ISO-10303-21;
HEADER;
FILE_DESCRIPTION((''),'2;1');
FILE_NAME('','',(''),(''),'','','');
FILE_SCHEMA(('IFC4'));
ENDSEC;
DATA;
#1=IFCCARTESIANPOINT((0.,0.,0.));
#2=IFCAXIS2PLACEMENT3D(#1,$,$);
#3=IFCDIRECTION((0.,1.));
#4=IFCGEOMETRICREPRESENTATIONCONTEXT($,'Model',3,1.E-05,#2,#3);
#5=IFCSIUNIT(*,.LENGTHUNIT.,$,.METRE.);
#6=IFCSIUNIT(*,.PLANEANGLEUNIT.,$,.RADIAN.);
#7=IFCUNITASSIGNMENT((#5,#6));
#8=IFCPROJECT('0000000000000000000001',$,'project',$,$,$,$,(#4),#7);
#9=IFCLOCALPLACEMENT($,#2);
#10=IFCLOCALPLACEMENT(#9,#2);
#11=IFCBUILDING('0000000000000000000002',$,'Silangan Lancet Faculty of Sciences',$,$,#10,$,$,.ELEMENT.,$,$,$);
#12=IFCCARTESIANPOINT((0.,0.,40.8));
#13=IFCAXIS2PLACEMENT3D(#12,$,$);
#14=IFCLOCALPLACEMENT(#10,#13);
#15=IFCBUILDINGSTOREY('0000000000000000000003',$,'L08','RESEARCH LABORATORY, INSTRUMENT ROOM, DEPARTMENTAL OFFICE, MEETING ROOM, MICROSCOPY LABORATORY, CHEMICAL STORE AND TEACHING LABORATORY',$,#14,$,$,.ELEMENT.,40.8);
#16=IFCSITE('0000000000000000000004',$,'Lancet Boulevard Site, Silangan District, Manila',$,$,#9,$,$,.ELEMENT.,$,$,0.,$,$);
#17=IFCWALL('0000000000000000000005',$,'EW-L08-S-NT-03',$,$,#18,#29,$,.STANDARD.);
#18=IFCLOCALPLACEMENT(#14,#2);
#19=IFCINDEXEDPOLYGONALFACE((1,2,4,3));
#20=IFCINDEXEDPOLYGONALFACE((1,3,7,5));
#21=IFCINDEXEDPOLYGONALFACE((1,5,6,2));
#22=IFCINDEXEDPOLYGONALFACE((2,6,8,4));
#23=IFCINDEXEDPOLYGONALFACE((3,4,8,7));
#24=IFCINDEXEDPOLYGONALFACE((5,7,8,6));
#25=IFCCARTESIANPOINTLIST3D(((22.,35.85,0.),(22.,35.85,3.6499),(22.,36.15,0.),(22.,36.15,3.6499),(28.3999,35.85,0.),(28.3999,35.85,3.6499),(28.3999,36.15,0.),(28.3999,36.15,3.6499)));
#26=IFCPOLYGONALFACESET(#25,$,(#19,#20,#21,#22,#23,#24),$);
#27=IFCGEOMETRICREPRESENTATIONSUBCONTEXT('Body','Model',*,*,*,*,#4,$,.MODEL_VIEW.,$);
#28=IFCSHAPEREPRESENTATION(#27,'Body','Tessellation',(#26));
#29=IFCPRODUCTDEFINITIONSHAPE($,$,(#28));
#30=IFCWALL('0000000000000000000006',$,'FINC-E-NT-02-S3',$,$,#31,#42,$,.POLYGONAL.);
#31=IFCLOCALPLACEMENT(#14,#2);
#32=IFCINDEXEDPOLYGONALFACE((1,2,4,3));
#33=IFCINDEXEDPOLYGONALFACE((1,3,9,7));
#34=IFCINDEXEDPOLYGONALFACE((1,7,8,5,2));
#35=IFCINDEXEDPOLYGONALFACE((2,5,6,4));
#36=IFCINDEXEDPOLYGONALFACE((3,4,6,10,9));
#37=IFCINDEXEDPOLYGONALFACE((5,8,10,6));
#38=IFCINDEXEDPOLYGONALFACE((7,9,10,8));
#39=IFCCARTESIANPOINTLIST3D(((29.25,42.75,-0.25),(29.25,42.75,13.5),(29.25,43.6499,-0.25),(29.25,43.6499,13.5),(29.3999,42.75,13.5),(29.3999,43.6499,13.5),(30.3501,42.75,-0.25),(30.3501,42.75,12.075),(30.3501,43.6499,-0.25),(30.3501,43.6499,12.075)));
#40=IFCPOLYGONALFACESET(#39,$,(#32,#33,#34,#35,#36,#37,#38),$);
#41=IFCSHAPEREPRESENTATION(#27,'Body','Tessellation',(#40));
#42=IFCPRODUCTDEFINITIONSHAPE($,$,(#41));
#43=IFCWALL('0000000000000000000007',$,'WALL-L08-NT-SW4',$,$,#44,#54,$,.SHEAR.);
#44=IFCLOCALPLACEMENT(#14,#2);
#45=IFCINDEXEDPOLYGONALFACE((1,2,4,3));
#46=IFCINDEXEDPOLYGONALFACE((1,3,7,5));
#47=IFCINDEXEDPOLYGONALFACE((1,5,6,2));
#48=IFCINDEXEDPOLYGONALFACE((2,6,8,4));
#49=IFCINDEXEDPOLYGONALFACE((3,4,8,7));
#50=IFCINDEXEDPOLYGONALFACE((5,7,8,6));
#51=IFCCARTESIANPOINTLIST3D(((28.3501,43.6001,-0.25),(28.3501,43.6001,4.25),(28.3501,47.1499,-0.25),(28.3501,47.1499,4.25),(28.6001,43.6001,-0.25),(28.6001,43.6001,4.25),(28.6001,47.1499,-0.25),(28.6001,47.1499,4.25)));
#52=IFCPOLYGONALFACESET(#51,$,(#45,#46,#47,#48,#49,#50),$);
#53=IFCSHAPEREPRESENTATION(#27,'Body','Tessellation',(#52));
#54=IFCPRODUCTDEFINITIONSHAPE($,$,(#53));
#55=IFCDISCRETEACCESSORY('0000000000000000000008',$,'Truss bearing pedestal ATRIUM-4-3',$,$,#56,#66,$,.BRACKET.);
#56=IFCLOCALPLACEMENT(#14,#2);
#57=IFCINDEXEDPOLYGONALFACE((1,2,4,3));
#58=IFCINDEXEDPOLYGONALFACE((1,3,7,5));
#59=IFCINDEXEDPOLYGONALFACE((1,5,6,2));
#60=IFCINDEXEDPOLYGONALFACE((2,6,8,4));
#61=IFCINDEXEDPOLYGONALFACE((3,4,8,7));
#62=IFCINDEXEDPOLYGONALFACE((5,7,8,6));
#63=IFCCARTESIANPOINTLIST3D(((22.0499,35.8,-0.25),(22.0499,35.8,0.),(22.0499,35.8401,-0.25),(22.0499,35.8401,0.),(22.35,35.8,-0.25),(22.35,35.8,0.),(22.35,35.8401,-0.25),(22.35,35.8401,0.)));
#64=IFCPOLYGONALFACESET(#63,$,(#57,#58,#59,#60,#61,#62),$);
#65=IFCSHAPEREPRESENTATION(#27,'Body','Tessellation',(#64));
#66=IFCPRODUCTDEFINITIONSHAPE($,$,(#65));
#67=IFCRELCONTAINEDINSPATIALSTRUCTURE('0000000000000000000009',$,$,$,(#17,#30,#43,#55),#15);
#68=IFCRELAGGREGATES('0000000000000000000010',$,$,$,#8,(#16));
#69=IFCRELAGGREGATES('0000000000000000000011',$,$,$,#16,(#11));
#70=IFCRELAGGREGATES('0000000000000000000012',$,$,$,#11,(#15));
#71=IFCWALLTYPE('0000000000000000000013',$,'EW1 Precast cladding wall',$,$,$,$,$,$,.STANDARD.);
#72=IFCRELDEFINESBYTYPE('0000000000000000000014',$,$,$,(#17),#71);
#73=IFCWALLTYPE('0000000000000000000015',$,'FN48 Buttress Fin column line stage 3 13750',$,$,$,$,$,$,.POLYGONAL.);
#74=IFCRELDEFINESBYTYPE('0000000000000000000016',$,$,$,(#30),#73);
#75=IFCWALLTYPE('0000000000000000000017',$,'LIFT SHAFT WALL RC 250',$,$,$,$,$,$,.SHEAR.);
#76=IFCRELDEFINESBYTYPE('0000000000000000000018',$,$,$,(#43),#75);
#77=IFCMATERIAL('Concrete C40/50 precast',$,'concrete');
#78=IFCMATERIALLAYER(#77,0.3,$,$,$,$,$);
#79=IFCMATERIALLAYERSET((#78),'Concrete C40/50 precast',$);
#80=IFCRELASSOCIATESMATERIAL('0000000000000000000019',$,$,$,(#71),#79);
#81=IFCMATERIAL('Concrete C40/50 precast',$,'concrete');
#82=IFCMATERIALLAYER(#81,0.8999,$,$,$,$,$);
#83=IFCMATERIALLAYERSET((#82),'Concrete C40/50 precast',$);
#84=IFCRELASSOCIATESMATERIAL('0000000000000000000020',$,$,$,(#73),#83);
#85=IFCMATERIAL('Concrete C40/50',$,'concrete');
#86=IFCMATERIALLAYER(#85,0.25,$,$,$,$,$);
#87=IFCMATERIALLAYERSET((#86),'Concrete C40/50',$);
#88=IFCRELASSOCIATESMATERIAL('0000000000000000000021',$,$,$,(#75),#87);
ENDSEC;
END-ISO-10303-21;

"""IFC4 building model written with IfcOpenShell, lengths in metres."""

from ifc_helpers import new_model, si_unit, direction, frame, frame_2d, origin, origin_2d, place, context, subcontext, project, spatial, polyline, rectangle, outline, extrude, material, layer, layer_set, type_object, element, save


model = new_model("IFC4")

# Units and contexts
model_context = context("Model", 3, precision=1e-05, world=origin(), true_north=direction((0.0, 1.0)))
body_context = subcontext(model_context, "Body", "Model", "MODEL_VIEW")
ifc_project = project(units=[si_unit("LENGTHUNIT", "METRE"), si_unit("PLANEANGLEUNIT", "RADIAN")], contexts=[model_context])

# Site, building, storey
site_placement = place(None, origin())
site = spatial("IfcSite", under=ifc_project, at=site_placement, Name="Lancet Boulevard Site, Silangan District, Manila", CompositionType="ELEMENT", RefElevation=0.0)
building_placement = place(site_placement, origin())
building = spatial("IfcBuilding", under=site, at=building_placement, Name="Silangan Lancet Faculty of Sciences", CompositionType="ELEMENT")
storey_placement = place(building_placement, frame((0.0, 0.0, 40.8)))
storey = spatial("IfcBuildingStorey", under=building, at=storey_placement, Name="L08", Description="RESEARCH LABORATORY, INSTRUMENT ROOM, DEPARTMENTAL OFFICE, MEETING ROOM, MICROSCOPY LABORATORY, CHEMICAL STORE AND TEACHING LABORATORY", CompositionType="ELEMENT", Elevation=40.8)

# Shared definitions
ifc_material_1 = material(Name="Concrete C40/50 precast", Category="concrete")
ifc_layer_1 = layer(ifc_material_1, 0.3)
ifc_layer_set_1 = layer_set([ifc_layer_1], Name="Concrete C40/50 precast")
wall_type_1 = type_object("IfcWallType", Name="EW1 Precast cladding wall", PredefinedType="STANDARD", material=ifc_layer_set_1)

# Walls
wall_1_placement = place(storey_placement, frame((22.0, 36.0, 0.0), z_axis=(0.0, 0.0, 1.0), x_axis=(1.0, 0.0, 0.0)))
element("IfcWall", 1, at=wall_1_placement, inside=storey, type_object=wall_type_1, Name="EW-L08-S-NT-03", PredefinedType="STANDARD", context=body_context, shape_type="SweptSolid", body=[
    extrude(rectangle(XDim=6.3999, YDim=0.3, at=frame_2d((3.2, 0.0))), origin(), (0.0, 0.0, 1.0), 3.6499),
])
ifc_material_2 = material(Name="Concrete C40/50 precast", Category="concrete")
ifc_layer_2 = layer(ifc_material_2, 0.8999)
ifc_layer_set_2 = layer_set([ifc_layer_2], Name="Concrete C40/50 precast")
wall_type_2 = type_object("IfcWallType", Name="FN48 Buttress Fin column line stage 3 13750", PredefinedType="POLYGONAL", material=ifc_layer_set_2)
wall_2_placement = place(storey_placement, frame((29.25, 43.2, -0.25), z_axis=(0.0, 0.0, 1.0), x_axis=(1.0, 0.0, 0.0)))
element("IfcWall", 2, at=wall_2_placement, inside=storey, type_object=wall_type_2, Name="FINC-E-NT-02-S3", PredefinedType="POLYGONAL", context=body_context, shape_type="SweptSolid", body=[
    extrude(outline(polyline([(1.1001, 0.0), (1.1001, 12.325), (0.1499, 13.75), (0.0, 13.75), (0.0, 0.0), (1.1001, 0.0)])), frame((0.0, 0.45, 0.0), z_axis=(0.0, -1.0, 0.0), x_axis=(1.0, 0.0, 0.0)), (0.0, 0.0, 1.0), 0.8999),
])
ifc_material_3 = material(Name="Concrete C40/50", Category="concrete")
ifc_layer_3 = layer(ifc_material_3, 0.25)
ifc_layer_set_3 = layer_set([ifc_layer_3], Name="Concrete C40/50")
wall_type_3 = type_object("IfcWallType", Name="LIFT SHAFT WALL RC 250", PredefinedType="SHEAR", material=ifc_layer_set_3)
wall_3_placement = place(storey_placement, frame((28.4751, 43.6001, -0.25), z_axis=(0.0, 0.0, 1.0), x_axis=(0.0, 1.0, 0.0)))
element("IfcWall", 3, at=wall_3_placement, inside=storey, type_object=wall_type_3, Name="WALL-L08-NT-SW4", PredefinedType="SHEAR", context=body_context, shape_type="SweptSolid", body=[
    extrude(rectangle(XDim=3.5498, YDim=0.25, at=frame_2d((1.7749, 0.0))), origin(), (0.0, 0.0, 1.0), 4.5),
])

# Discrete accessory
discrete_accessory_placement = place(storey_placement, frame((22.2, 35.8201, -0.25), z_axis=(0.0, 0.0, 1.0), x_axis=(1.0, 0.0, 0.0)))
element("IfcDiscreteAccessory", 4, at=discrete_accessory_placement, inside=storey, Name="Truss bearing pedestal ATRIUM-4-3", PredefinedType="BRACKET", context=body_context, shape_type="SweptSolid", body=[
    extrude(rectangle(XDim=0.3, YDim=0.04, at=origin_2d()), origin(), (0.0, 0.0, 1.0), 0.25),
])

save(model, "model.ifc")
